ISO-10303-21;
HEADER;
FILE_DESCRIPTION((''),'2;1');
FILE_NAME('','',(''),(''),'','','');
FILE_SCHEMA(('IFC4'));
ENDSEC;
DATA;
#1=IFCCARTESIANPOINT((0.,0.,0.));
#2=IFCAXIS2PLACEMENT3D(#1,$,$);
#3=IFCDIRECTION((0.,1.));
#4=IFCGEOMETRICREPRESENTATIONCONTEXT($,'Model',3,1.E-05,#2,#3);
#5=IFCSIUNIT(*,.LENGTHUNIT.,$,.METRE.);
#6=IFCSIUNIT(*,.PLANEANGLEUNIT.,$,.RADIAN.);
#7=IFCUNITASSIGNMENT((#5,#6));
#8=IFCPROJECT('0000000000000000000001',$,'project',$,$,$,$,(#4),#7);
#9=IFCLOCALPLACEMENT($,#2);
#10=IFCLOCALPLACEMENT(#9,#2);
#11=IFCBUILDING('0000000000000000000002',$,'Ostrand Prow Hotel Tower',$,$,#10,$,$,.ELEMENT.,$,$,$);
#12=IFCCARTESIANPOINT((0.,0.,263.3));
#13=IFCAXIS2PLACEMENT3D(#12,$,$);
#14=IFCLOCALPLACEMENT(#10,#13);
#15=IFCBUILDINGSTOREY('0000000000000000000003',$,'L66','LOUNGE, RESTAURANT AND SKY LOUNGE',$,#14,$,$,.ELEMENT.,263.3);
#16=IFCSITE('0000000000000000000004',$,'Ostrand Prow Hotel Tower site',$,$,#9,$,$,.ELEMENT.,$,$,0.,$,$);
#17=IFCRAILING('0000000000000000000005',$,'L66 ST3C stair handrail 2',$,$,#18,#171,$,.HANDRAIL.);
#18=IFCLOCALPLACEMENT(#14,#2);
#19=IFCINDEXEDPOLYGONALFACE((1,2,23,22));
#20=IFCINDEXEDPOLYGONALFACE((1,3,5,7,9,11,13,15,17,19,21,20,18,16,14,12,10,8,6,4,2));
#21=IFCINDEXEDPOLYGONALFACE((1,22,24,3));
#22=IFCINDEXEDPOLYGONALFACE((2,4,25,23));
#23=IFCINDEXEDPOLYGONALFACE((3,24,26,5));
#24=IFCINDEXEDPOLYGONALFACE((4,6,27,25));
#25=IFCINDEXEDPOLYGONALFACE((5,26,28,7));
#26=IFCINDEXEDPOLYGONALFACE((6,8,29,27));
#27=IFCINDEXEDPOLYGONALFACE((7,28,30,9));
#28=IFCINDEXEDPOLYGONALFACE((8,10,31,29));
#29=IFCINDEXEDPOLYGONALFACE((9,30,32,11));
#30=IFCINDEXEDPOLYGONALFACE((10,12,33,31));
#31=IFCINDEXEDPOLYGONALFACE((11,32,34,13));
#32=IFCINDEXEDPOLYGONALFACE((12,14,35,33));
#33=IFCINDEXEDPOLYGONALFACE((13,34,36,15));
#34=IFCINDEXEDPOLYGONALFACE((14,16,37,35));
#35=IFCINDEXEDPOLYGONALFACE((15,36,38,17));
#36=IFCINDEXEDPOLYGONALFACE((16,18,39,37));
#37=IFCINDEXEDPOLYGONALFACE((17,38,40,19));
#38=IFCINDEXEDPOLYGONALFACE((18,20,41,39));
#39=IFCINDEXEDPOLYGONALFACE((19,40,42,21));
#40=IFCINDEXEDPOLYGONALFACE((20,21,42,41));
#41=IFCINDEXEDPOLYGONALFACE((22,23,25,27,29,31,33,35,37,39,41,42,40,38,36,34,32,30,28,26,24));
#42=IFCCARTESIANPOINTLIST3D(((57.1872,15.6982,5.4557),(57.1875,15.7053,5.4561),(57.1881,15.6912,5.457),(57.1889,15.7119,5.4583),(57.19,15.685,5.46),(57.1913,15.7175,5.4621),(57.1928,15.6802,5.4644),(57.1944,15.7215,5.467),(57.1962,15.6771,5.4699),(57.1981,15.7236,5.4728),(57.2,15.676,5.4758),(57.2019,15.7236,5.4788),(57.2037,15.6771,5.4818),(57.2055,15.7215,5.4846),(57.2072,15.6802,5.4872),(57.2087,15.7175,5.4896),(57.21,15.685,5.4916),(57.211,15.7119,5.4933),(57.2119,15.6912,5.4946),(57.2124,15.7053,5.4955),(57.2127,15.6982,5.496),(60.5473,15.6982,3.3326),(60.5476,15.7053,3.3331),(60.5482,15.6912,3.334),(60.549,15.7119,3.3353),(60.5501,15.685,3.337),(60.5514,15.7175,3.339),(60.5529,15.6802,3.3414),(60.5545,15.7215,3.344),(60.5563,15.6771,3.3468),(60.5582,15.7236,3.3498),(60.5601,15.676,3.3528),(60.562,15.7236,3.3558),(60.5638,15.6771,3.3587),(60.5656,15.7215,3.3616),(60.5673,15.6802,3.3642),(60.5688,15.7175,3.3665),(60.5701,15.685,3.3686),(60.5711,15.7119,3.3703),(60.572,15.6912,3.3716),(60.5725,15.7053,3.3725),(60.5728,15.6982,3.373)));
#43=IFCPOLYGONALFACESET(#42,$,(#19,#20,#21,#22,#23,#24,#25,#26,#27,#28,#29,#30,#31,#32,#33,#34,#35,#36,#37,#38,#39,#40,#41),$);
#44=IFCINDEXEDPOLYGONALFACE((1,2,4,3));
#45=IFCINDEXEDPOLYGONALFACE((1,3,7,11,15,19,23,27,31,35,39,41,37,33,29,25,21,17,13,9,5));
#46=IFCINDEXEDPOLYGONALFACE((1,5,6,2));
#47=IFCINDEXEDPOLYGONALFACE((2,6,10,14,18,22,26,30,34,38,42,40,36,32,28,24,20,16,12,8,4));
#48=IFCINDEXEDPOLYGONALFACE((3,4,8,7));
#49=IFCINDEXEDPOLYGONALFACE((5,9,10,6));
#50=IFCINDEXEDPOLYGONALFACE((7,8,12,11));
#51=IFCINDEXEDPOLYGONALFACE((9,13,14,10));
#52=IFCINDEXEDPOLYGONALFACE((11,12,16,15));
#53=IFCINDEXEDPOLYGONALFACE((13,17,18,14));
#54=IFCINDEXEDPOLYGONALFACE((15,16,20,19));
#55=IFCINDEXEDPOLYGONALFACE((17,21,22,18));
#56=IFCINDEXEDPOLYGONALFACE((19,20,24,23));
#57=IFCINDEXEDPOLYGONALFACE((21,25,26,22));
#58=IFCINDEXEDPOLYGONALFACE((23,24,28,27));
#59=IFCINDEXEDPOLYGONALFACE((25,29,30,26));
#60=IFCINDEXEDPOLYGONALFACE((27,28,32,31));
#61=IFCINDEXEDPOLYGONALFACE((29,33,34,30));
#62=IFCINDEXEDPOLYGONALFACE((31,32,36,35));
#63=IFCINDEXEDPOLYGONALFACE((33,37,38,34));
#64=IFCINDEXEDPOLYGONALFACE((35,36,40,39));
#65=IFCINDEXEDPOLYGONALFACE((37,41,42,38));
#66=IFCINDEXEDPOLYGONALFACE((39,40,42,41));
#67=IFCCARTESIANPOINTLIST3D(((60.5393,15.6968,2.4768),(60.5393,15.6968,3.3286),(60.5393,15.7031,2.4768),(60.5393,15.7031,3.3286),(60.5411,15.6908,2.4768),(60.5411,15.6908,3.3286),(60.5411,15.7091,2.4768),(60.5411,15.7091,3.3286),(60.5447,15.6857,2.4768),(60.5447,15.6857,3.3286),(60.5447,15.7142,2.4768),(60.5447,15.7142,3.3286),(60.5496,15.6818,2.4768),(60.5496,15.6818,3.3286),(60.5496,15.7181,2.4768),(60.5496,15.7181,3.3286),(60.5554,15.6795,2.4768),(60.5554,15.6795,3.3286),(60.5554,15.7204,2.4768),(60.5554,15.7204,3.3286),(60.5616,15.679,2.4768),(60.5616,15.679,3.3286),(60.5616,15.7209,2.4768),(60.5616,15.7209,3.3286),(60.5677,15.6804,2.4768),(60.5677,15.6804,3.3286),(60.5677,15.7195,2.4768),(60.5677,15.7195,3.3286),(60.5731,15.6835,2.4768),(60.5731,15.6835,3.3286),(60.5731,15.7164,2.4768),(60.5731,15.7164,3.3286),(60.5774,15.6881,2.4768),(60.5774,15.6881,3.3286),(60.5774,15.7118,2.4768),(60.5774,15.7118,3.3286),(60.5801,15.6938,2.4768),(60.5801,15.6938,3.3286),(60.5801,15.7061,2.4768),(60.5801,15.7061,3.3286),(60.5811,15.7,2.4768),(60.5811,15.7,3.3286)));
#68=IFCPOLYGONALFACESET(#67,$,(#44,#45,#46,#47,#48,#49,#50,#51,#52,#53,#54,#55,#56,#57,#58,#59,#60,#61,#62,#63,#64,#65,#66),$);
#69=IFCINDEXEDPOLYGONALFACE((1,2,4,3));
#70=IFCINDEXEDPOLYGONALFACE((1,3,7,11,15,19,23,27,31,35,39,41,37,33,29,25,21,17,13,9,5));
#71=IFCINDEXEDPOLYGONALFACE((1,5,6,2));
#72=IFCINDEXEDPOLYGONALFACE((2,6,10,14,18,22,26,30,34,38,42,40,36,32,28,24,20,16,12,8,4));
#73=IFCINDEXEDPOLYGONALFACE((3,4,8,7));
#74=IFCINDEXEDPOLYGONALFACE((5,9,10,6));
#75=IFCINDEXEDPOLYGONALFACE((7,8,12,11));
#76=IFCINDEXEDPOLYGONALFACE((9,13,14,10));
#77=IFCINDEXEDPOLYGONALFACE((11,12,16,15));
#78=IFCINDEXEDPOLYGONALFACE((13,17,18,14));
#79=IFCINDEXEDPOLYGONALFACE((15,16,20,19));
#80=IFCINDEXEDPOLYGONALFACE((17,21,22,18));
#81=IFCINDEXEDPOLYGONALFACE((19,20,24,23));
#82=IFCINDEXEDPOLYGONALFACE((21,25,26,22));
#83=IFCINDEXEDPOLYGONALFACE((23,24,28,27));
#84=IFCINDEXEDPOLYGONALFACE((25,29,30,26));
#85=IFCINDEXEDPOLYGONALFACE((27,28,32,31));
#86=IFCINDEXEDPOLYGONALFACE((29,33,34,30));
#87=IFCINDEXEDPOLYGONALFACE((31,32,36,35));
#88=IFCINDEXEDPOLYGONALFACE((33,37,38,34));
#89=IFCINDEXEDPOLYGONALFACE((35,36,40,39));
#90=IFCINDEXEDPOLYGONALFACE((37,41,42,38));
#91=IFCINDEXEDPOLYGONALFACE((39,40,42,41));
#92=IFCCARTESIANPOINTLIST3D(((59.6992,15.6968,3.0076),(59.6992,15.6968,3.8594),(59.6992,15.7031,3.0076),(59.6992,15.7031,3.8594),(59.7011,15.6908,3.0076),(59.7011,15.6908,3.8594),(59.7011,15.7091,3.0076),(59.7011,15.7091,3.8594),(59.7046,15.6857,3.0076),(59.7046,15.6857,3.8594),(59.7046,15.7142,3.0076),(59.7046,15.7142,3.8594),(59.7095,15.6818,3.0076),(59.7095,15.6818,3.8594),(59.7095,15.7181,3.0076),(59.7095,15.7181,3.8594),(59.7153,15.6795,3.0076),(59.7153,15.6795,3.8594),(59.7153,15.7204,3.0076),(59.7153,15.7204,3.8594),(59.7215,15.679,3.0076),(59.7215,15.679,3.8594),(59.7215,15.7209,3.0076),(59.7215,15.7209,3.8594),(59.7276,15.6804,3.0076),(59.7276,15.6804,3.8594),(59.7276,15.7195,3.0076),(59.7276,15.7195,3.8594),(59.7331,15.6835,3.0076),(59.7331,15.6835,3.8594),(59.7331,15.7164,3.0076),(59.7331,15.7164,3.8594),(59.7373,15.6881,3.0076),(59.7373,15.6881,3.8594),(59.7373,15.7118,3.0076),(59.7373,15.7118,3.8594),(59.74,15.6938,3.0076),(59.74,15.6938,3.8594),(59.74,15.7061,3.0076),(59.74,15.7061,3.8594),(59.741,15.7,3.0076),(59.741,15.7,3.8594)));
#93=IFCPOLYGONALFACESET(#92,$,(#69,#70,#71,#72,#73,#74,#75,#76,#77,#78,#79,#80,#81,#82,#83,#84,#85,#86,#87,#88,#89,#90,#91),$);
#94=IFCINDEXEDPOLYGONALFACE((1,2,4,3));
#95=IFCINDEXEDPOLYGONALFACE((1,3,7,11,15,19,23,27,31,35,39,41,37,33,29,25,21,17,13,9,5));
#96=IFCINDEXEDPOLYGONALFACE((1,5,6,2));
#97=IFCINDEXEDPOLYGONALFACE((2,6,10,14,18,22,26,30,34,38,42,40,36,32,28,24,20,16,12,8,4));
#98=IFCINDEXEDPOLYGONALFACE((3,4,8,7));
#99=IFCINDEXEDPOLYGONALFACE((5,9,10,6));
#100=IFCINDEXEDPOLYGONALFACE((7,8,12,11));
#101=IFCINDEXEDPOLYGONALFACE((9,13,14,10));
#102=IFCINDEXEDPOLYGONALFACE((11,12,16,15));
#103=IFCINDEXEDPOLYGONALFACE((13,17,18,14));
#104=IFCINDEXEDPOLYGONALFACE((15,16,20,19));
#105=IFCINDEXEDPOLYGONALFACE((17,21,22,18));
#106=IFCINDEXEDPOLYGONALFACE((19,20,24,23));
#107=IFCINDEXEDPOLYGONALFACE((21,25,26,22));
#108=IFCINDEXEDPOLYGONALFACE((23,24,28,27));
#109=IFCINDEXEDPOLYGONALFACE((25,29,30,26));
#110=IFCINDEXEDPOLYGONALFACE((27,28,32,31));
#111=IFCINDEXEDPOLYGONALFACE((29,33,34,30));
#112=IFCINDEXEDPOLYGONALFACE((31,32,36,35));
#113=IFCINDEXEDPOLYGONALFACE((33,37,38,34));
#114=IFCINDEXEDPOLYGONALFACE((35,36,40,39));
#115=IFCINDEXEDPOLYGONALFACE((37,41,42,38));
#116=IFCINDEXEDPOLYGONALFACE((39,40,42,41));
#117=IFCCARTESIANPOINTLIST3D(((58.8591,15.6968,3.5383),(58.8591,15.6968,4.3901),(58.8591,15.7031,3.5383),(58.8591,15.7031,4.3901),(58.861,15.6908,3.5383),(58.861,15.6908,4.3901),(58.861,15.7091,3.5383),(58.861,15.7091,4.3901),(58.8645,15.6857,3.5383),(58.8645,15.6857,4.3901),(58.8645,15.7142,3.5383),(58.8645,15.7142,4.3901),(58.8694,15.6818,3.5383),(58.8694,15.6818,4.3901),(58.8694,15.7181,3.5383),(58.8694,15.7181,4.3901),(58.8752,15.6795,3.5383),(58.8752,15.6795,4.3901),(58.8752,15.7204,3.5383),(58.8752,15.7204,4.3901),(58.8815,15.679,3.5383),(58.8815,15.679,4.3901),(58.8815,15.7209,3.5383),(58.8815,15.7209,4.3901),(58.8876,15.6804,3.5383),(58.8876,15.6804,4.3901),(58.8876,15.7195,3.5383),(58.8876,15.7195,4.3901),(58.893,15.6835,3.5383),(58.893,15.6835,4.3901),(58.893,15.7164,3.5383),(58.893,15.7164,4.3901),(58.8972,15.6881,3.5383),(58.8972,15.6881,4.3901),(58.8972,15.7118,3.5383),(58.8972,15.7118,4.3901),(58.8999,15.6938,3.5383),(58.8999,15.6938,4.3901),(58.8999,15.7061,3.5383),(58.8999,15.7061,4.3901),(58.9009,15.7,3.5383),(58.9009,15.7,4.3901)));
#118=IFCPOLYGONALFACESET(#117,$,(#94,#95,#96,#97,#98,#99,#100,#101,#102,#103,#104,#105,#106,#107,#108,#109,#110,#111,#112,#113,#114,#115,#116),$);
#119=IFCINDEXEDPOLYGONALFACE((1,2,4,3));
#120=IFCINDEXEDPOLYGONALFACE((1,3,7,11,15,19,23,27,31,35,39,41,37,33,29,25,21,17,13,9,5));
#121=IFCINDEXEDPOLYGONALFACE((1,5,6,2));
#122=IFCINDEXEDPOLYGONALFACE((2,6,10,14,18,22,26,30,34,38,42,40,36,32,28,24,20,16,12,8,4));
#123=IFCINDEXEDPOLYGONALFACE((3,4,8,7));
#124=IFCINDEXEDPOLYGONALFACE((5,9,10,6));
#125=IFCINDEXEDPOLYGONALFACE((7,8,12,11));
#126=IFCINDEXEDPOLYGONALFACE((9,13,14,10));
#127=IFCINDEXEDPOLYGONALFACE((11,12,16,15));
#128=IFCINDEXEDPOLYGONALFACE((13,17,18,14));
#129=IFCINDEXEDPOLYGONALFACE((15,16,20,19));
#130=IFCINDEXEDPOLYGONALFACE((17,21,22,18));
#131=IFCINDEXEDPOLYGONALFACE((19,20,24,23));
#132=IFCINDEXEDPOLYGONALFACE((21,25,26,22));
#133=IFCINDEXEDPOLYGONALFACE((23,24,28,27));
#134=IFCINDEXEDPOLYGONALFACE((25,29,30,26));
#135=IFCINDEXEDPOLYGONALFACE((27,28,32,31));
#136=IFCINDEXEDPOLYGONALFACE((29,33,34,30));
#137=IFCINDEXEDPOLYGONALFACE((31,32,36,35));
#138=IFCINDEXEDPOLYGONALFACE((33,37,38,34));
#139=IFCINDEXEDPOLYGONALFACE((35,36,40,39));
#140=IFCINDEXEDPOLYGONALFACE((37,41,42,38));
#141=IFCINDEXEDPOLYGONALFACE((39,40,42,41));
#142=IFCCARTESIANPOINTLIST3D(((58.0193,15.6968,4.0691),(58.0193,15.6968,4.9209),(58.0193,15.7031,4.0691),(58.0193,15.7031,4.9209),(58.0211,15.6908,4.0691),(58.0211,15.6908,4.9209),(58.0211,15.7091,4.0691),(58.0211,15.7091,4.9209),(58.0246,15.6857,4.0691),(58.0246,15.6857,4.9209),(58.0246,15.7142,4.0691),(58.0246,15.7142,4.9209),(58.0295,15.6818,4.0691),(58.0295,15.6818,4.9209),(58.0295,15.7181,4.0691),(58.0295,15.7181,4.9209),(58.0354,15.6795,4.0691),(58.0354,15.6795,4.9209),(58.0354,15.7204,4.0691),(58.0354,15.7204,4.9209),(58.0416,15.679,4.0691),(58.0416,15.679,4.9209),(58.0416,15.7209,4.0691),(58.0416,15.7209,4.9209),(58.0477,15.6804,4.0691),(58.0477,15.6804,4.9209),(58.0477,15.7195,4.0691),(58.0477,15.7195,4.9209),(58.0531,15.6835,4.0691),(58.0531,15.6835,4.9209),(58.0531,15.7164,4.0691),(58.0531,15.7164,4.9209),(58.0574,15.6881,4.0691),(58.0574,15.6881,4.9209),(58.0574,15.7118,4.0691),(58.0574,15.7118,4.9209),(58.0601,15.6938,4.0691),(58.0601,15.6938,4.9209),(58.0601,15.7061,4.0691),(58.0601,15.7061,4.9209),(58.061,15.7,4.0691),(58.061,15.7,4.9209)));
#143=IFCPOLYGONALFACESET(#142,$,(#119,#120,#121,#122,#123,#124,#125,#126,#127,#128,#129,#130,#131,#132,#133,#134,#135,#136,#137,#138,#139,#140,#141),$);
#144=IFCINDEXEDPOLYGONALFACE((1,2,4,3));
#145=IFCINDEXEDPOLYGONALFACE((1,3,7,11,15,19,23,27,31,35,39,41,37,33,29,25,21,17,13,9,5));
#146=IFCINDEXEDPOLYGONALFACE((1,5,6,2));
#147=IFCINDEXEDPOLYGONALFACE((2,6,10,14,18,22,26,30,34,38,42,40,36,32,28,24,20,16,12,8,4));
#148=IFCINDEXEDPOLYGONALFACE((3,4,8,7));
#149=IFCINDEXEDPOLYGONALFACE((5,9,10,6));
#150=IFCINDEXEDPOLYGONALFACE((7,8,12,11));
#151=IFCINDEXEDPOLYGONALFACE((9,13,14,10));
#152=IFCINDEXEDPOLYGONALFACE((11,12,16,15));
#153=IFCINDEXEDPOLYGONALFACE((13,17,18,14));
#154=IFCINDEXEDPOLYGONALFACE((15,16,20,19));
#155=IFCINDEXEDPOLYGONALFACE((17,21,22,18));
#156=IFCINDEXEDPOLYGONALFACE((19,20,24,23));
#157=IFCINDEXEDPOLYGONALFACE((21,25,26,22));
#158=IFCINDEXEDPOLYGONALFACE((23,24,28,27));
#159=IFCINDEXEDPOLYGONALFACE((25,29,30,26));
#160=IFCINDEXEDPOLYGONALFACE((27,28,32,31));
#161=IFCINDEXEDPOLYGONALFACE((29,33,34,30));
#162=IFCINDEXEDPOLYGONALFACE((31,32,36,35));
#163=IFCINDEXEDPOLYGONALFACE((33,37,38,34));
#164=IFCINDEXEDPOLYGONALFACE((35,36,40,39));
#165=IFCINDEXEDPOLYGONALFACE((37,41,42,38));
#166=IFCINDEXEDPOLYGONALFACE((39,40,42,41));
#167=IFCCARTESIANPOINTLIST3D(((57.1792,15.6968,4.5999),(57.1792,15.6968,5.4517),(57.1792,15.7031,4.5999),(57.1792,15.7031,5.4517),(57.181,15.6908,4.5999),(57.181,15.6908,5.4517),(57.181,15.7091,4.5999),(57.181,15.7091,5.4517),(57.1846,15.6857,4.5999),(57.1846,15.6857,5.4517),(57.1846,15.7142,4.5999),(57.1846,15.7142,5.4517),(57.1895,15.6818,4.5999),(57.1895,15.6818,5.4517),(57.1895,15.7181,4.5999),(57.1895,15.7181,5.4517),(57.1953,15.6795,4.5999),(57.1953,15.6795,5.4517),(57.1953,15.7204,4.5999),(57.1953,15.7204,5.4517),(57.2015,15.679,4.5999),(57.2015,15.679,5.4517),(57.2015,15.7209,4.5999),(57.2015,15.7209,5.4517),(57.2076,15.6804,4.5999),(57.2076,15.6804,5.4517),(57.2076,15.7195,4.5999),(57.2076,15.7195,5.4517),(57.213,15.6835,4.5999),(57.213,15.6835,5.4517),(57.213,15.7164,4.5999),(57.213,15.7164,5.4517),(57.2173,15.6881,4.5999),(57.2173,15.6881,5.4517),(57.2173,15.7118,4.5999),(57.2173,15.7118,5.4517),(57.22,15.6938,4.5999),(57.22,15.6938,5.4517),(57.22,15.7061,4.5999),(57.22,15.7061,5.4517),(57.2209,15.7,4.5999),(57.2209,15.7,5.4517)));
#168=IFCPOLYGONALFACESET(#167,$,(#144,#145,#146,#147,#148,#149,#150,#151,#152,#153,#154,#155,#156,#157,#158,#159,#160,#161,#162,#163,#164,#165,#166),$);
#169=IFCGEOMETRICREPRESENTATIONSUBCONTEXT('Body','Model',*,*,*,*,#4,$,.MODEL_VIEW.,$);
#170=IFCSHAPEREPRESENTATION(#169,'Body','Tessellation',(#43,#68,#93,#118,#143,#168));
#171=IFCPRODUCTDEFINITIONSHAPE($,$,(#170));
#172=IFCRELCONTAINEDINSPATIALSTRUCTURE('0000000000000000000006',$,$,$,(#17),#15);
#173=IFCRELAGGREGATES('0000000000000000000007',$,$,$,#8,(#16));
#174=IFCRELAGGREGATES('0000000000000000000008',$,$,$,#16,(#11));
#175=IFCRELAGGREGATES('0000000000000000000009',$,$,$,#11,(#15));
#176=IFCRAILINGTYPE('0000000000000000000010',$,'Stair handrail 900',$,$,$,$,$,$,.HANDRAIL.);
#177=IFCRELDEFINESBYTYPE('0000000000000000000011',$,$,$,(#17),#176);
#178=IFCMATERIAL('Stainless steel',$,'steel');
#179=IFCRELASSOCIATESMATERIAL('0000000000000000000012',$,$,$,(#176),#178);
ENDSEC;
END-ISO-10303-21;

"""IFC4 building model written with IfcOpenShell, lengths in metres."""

from ifc_helpers import new_model, si_unit, direction, frame, origin, origin_2d, place, context, subcontext, project, spatial, circle, extrude, material, type_object, element, save


model = new_model("IFC4")

# Units and contexts
model_context = context("Model", 3, precision=1e-05, world=origin(), true_north=direction((0.0, 1.0)))
body_context = subcontext(model_context, "Body", "Model", "MODEL_VIEW")
ifc_project = project(units=[si_unit("LENGTHUNIT", "METRE"), si_unit("PLANEANGLEUNIT", "RADIAN")], contexts=[model_context])

# Site, building, storey
site_placement = place(None, origin())
site = spatial("IfcSite", under=ifc_project, at=site_placement, Name="Ostrand Prow Hotel Tower site", CompositionType="ELEMENT", RefElevation=0.0)
building_placement = place(site_placement, origin())
building = spatial("IfcBuilding", under=site, at=building_placement, Name="Ostrand Prow Hotel Tower", CompositionType="ELEMENT")
storey_placement = place(building_placement, frame((0.0, 0.0, 263.3)))
storey = spatial("IfcBuildingStorey", under=building, at=storey_placement, Name="L66", Description="LOUNGE, RESTAURANT AND SKY LOUNGE", CompositionType="ELEMENT", Elevation=263.3)

# Railing
ifc_material_1 = material(Name="Stainless steel", Category="steel")
railing_type_1 = type_object("IfcRailingType", Name="Stair handrail 900", PredefinedType="HANDRAIL", material=ifc_material_1)
railing_1_placement = place(storey_placement, frame((60.5601, 15.7, 2.4768)))
element("IfcRailing", 1, at=railing_1_placement, inside=storey, type_object=railing_type_1, Name="L66 ST3C stair handrail 2", PredefinedType="HANDRAIL", context=body_context, shape_type="SweptSolid", body=[
    extrude(circle(Radius=0.0239, at=origin_2d()), frame((0.0, 0.0, 0.876), z_axis=(-0.84539, 0.0, 0.53415), x_axis=(0.0, -1.0, 0.0)), (0.0, 0.0, 1.0), 3.9746),
    extrude(circle(Radius=0.021, at=origin_2d()), origin(), (0.0, 0.0, 1.0), 0.8518),
    extrude(circle(Radius=0.021, at=origin_2d()), frame((-0.8401, 0.0, 0.5308)), (0.0, 0.0, 1.0), 0.8518),
    extrude(circle(Radius=0.021, at=origin_2d()), frame((-1.6802, 0.0, 1.0615)), (0.0, 0.0, 1.0), 0.8518),
    extrude(circle(Radius=0.021, at=origin_2d()), frame((-2.52, 0.0, 1.5923)), (0.0, 0.0, 1.0), 0.8518),
    extrude(circle(Radius=0.021, at=origin_2d()), frame((-3.3601, 0.0, 2.123)), (0.0, 0.0, 1.0), 0.8518),
])

save(model, "model.ifc")
